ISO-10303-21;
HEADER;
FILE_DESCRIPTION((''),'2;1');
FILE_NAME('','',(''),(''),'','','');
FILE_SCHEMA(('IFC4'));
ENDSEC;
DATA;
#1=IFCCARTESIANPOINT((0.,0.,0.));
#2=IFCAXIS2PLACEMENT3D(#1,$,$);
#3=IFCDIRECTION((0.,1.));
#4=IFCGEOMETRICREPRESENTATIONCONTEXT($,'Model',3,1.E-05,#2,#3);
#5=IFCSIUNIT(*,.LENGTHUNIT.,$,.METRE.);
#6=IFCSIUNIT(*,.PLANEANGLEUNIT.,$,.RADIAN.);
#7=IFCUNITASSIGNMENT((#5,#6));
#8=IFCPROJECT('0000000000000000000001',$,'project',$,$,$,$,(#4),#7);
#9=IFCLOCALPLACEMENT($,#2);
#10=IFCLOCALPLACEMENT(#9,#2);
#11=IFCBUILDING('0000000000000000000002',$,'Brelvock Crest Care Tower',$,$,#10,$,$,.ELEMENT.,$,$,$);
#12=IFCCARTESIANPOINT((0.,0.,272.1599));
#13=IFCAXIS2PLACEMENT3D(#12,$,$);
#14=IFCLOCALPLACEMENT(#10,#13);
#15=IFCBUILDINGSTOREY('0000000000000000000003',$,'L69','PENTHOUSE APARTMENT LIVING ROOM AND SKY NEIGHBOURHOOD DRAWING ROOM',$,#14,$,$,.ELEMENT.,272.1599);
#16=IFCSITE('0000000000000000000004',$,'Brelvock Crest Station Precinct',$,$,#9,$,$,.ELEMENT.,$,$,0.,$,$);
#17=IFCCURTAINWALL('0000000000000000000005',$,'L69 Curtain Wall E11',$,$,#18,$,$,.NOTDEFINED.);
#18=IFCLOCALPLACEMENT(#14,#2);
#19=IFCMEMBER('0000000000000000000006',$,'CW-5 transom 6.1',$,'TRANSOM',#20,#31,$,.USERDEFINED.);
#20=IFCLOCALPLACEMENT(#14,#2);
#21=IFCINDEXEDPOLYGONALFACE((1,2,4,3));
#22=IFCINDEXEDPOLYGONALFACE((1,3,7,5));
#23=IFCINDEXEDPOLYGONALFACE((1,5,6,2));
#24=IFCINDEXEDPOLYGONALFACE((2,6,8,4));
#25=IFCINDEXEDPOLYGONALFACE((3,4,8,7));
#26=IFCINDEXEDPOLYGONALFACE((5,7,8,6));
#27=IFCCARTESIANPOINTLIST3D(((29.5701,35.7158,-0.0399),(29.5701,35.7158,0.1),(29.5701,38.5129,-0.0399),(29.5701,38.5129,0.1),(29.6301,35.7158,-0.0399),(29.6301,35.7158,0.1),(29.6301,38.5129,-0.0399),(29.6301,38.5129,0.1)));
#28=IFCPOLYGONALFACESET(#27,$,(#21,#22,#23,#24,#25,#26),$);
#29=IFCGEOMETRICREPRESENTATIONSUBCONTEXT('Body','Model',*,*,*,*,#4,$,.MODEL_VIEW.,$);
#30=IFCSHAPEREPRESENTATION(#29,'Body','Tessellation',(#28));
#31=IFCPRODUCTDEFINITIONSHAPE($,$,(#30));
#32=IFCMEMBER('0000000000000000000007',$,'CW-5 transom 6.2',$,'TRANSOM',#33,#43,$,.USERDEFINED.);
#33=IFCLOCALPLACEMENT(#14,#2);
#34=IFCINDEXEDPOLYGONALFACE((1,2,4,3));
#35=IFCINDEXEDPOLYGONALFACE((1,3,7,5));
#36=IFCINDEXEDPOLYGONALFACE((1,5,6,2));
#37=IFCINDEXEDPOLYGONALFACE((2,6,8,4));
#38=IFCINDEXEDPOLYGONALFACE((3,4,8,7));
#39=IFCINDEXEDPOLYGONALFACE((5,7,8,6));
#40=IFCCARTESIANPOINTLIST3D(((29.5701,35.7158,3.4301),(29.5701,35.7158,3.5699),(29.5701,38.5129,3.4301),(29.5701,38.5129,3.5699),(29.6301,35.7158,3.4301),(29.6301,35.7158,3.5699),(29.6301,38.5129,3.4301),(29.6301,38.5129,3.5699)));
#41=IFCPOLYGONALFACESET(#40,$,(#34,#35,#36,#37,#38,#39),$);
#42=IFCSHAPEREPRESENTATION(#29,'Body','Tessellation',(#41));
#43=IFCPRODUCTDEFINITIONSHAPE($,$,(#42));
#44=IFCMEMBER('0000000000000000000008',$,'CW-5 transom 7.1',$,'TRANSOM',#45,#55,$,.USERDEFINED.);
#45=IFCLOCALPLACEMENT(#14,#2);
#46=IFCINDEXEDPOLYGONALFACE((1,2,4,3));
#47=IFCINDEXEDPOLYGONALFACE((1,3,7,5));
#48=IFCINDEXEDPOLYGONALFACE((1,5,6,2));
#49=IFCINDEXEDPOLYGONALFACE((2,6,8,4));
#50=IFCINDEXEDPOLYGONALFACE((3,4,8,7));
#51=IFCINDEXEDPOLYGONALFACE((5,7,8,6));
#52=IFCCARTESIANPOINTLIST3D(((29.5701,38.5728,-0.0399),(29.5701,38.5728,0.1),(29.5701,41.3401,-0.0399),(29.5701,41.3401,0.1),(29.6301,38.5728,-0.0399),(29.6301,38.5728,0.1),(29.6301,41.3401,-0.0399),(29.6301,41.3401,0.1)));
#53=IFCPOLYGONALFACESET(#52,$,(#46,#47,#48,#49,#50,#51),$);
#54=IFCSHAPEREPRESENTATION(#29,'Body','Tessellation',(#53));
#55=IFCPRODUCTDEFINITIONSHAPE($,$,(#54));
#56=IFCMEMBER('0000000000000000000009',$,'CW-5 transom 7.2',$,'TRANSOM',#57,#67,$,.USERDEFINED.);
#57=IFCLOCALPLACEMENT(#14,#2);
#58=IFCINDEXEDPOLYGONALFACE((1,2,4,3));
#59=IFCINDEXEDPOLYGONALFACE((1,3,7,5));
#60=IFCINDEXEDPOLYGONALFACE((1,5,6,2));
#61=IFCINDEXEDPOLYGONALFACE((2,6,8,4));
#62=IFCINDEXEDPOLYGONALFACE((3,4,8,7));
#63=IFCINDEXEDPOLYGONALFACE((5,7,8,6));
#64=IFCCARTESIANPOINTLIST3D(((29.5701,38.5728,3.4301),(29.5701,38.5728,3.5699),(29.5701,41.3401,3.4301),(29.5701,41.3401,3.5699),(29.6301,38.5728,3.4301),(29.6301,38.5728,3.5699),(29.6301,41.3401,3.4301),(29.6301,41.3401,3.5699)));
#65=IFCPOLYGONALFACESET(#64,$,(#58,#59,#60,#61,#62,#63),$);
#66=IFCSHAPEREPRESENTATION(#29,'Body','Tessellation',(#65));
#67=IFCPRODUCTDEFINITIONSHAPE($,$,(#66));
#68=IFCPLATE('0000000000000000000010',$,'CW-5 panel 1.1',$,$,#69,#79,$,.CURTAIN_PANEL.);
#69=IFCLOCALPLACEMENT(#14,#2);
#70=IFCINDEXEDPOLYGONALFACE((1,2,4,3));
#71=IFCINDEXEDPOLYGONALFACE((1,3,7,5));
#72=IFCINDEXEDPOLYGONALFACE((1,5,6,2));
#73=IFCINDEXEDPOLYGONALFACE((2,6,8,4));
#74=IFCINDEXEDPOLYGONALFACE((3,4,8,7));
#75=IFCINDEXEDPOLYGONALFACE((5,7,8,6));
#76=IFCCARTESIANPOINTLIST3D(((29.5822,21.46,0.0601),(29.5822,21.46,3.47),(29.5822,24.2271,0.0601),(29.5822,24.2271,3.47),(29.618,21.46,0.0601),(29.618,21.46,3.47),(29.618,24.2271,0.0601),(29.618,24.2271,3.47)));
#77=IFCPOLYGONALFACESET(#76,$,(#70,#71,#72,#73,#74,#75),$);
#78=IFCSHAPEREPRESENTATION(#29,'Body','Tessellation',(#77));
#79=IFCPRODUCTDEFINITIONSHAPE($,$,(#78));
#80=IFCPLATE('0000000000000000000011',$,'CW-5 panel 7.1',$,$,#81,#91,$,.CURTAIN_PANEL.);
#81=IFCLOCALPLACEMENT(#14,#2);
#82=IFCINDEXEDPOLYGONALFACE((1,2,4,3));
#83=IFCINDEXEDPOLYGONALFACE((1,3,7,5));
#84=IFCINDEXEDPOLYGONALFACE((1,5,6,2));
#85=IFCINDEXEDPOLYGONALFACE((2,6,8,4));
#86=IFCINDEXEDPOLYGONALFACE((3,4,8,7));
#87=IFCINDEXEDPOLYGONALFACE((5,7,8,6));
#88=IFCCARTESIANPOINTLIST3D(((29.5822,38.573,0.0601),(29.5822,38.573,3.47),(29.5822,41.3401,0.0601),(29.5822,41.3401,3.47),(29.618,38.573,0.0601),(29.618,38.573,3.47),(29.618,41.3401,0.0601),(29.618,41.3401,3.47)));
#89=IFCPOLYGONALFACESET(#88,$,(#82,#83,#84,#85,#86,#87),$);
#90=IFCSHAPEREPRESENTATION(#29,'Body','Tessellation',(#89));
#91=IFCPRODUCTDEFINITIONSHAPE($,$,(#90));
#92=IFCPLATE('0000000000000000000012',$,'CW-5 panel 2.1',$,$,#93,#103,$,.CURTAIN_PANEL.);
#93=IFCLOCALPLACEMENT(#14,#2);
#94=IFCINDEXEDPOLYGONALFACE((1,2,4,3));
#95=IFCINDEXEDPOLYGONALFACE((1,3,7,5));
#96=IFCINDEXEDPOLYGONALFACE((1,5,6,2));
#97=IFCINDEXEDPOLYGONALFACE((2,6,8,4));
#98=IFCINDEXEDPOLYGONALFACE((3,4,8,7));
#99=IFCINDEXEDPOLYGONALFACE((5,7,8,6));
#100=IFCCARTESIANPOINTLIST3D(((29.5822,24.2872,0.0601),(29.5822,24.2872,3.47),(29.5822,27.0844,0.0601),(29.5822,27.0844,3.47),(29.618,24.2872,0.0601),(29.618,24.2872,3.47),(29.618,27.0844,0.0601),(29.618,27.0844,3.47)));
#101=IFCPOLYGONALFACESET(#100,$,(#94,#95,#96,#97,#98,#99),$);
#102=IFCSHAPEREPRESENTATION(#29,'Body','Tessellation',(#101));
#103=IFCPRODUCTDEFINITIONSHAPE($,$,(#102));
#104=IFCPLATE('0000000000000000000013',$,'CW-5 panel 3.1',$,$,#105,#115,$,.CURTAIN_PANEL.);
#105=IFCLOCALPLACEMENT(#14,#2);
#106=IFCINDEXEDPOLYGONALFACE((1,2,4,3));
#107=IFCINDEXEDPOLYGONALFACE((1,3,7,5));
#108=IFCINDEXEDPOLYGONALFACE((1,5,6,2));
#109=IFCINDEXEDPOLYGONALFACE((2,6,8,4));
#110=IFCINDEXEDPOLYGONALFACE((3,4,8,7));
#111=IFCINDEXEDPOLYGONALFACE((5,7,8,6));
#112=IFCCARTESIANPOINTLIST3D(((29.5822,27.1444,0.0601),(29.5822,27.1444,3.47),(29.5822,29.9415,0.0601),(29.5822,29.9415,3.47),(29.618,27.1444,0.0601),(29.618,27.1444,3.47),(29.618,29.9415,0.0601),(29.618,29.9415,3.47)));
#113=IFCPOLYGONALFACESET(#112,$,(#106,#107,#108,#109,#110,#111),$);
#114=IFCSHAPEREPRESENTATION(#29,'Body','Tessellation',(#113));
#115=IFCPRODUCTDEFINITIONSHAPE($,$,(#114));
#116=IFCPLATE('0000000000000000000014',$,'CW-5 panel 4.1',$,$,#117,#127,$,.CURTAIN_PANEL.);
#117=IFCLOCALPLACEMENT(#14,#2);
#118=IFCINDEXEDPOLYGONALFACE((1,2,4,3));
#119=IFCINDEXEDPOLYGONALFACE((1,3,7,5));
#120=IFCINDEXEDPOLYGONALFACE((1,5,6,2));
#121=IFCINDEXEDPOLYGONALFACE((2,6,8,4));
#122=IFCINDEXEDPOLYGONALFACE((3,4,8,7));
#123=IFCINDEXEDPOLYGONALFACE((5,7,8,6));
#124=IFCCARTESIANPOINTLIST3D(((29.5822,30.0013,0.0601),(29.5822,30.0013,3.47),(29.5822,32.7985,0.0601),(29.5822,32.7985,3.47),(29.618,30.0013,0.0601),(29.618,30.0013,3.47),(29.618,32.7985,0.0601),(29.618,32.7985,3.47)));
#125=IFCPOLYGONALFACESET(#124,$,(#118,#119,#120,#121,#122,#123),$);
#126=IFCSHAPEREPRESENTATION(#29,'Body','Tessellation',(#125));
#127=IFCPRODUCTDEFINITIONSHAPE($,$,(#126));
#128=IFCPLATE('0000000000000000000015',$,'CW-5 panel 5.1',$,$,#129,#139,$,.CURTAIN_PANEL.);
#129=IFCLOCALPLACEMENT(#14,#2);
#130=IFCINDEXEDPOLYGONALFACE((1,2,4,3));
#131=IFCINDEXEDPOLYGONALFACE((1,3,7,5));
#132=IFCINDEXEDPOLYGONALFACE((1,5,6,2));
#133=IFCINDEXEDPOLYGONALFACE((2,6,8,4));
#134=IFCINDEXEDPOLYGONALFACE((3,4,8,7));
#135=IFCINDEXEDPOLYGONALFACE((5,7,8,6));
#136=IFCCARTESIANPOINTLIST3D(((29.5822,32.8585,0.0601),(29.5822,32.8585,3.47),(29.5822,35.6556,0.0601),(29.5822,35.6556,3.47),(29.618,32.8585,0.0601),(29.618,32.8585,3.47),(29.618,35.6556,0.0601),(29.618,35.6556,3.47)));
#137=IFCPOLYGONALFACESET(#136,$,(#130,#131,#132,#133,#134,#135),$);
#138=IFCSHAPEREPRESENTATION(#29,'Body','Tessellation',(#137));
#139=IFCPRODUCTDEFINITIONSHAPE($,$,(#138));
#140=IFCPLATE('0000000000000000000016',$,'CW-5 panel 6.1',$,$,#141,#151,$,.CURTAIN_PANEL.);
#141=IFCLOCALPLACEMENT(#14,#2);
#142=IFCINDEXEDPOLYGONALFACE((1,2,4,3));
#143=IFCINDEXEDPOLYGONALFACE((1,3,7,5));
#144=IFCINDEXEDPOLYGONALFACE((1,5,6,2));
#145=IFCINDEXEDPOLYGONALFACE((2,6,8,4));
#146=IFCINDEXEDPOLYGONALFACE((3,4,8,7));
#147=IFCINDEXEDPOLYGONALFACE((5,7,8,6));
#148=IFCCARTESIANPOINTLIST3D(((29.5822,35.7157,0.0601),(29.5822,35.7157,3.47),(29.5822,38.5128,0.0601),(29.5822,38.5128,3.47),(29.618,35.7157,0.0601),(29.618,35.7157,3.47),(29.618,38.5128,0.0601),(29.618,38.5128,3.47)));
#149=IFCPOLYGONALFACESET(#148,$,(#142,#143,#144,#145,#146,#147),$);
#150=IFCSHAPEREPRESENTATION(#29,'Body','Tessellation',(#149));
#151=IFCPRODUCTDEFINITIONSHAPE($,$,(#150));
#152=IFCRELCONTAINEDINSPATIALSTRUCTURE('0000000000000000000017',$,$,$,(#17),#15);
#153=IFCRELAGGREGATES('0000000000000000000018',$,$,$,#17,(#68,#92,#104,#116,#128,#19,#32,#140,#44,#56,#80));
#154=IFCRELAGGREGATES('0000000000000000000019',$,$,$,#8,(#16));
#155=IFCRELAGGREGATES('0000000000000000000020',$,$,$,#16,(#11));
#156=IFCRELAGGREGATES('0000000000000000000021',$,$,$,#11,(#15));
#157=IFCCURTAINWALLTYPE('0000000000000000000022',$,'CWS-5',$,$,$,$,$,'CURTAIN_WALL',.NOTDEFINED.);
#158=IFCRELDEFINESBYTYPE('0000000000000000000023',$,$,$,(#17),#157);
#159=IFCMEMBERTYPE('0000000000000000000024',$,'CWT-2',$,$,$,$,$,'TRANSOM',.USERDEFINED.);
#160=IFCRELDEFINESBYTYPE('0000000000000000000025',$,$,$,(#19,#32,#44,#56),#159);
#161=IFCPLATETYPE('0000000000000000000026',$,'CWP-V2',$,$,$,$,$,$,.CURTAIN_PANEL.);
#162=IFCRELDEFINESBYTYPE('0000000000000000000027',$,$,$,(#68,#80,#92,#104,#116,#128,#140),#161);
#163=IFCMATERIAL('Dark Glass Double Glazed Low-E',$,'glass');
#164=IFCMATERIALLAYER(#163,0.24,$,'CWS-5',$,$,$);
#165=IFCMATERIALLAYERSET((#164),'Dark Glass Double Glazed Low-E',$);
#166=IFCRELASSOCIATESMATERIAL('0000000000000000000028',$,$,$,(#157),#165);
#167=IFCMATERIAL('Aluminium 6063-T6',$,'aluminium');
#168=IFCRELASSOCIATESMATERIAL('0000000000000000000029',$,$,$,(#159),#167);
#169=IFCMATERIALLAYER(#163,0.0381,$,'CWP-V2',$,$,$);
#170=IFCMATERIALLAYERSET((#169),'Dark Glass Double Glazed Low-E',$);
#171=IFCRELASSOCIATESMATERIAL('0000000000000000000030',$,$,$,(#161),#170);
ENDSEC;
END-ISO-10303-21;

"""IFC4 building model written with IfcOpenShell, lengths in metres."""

from ifc_helpers import new_model, si_unit, direction, frame, origin, origin_2d, place, context, subcontext, project, spatial, rectangle, extrude, source, transform, mapped, material, layer, layer_set, material_profile, profile_set, type_object, element, aggregate, save


model = new_model("IFC4")

# Units and contexts
model_context = context("Model", 3, precision=1e-05, world=origin(), true_north=direction((0.0, 1.0)))
body_context = subcontext(model_context, "Body", "Model", "MODEL_VIEW")
ifc_project = project(units=[si_unit("LENGTHUNIT", "METRE"), si_unit("PLANEANGLEUNIT", "RADIAN")], contexts=[model_context])

# Site, building, storey
site_placement = place(None, origin())
site = spatial("IfcSite", under=ifc_project, at=site_placement, Name="Brelvock Crest Station Precinct", CompositionType="ELEMENT", RefElevation=0.0)
building_placement = place(site_placement, origin())
building = spatial("IfcBuilding", under=site, at=building_placement, Name="Brelvock Crest Care Tower", CompositionType="ELEMENT")
storey_placement = place(building_placement, frame((0.0, 0.0, 272.1599)))
storey = spatial("IfcBuildingStorey", under=building, at=storey_placement, Name="L69", Description="PENTHOUSE APARTMENT LIVING ROOM AND SKY NEIGHBOURHOOD DRAWING ROOM", CompositionType="ELEMENT", Elevation=272.1599)

# Curtain wall, members, plates
ifc_material_1 = material(Name="Dark Glass Double Glazed Low-E", Category="glass")
ifc_layer_1 = layer(ifc_material_1, 0.24, Name="CWS-5")
ifc_layer_set_1 = layer_set([ifc_layer_1], Name="Dark Glass Double Glazed Low-E")
curtain_wall_type = type_object("IfcCurtainWallType", Name="CWS-5", ElementType="CURTAIN_WALL", PredefinedType="NOTDEFINED", material=ifc_layer_set_1)
curtain_wall_placement = place(storey_placement, origin())
curtain_wall = element("IfcCurtainWall", 1, at=curtain_wall_placement, inside=storey, type_object=curtain_wall_type, Name="L69 Curtain Wall E11", PredefinedType="NOTDEFINED")
ifc_material_2 = material(Name="Aluminium 6063-T6", Category="aluminium")
ifc_material_profile_1 = material_profile(ifc_material_2, rectangle(XDim=0.0601, YDim=0.1399, at=origin_2d()), Name="ALU60x140")
ifc_profile_set_1 = profile_set([ifc_material_profile_1], Name="Aluminium 6063-T6")
member_type_1 = type_object("IfcMemberType", Name="CWT-2", ElementType="TRANSOM", PredefinedType="USERDEFINED", material=ifc_profile_set_1)
shared_shape_1 = source(origin(), body_context, "Body", "SweptSolid", [
    extrude(rectangle(XDim=0.0601, YDim=0.1399, at=origin_2d()), origin(), (0.0, 0.0, 1.0), 2.7971),
])
member_1_placement = place(storey_placement, frame((29.6001, 35.7158, 0.03), z_axis=(0.0, 1.0, 0.0), x_axis=(-1.0, 0.0, 0.0)))
member_1 = element("IfcMember", 2, at=member_1_placement, type_object=member_type_1, Name="CW-5 transom 6.1", ObjectType="TRANSOM", PredefinedType="USERDEFINED", context=body_context, shape_type="MappedRepresentation", body=[
    mapped(shared_shape_1, transform((0.0, 0.0, 0.0), x_axis=(1.0, 0.0, 0.0), y_axis=(0.0, 1.0, 0.0), z_axis=(0.0, 0.0, 1.0), scale=1.0)),
])
member_2_placement = place(storey_placement, frame((29.6001, 35.7158, 3.5), z_axis=(0.0, 1.0, 0.0), x_axis=(-1.0, 0.0, 0.0)))
member_2 = element("IfcMember", 3, at=member_2_placement, type_object=member_type_1, Name="CW-5 transom 6.2", ObjectType="TRANSOM", PredefinedType="USERDEFINED", context=body_context, shape_type="MappedRepresentation", body=[
    mapped(shared_shape_1, transform((0.0, 0.0, 0.0), x_axis=(1.0, 0.0, 0.0), y_axis=(0.0, 1.0, 0.0), z_axis=(0.0, 0.0, 1.0), scale=1.0)),
])
shared_shape_2 = source(origin(), body_context, "Body", "SweptSolid", [
    extrude(rectangle(XDim=0.0601, YDim=0.1399, at=origin_2d()), origin(), (0.0, 0.0, 1.0), 2.7673),
])
member_3_placement = place(storey_placement, frame((29.6001, 38.5728, 0.03), z_axis=(0.0, 1.0, 0.0), x_axis=(-1.0, 0.0, 0.0)))
member_3 = element("IfcMember", 4, at=member_3_placement, type_object=member_type_1, Name="CW-5 transom 7.1", ObjectType="TRANSOM", PredefinedType="USERDEFINED", context=body_context, shape_type="MappedRepresentation", body=[
    mapped(shared_shape_2, transform((0.0, 0.0, 0.0), x_axis=(1.0, 0.0, 0.0), y_axis=(0.0, 1.0, 0.0), z_axis=(0.0, 0.0, 1.0), scale=1.0)),
])
member_4_placement = place(storey_placement, frame((29.6001, 38.5728, 3.5), z_axis=(0.0, 1.0, 0.0), x_axis=(-1.0, 0.0, 0.0)))
member_4 = element("IfcMember", 5, at=member_4_placement, type_object=member_type_1, Name="CW-5 transom 7.2", ObjectType="TRANSOM", PredefinedType="USERDEFINED", context=body_context, shape_type="MappedRepresentation", body=[
    mapped(shared_shape_2, transform((0.0, 0.0, 0.0), x_axis=(1.0, 0.0, 0.0), y_axis=(0.0, 1.0, 0.0), z_axis=(0.0, 0.0, 1.0), scale=1.0)),
])
ifc_layer_2 = layer(ifc_material_1, 0.0381, Name="CWP-V2")
ifc_layer_set_2 = layer_set([ifc_layer_2], Name="Dark Glass Double Glazed Low-E")
plate_type = type_object("IfcPlateType", Name="CWP-V2", PredefinedType="CURTAIN_PANEL", material=ifc_layer_set_2)
shared_shape_3 = source(origin(), body_context, "Body", "SweptSolid", [
    extrude(rectangle(XDim=2.7671, YDim=0.0359, at=origin_2d()), origin(), (0.0, 0.0, 1.0), 3.4099),
])
plate_1_placement = place(storey_placement, frame((29.6001, 22.8435, 0.0601), z_axis=(0.0, 0.0, 1.0), x_axis=(0.0, 1.0, 0.0)))
plate_1 = element("IfcPlate", 6, at=plate_1_placement, type_object=plate_type, Name="CW-5 panel 1.1", PredefinedType="CURTAIN_PANEL", context=body_context, shape_type="MappedRepresentation", body=[
    mapped(shared_shape_3, transform((0.0, 0.0, 0.0), x_axis=(1.0, 0.0, 0.0), y_axis=(0.0, 1.0, 0.0), z_axis=(0.0, 0.0, 1.0), scale=1.0)),
])
plate_2_placement = place(storey_placement, frame((29.6001, 39.9565, 0.0601), z_axis=(0.0, 0.0, 1.0), x_axis=(0.0, 1.0, 0.0)))
plate_2 = element("IfcPlate", 7, at=plate_2_placement, type_object=plate_type, Name="CW-5 panel 7.1", PredefinedType="CURTAIN_PANEL", context=body_context, shape_type="MappedRepresentation", body=[
    mapped(shared_shape_3, transform((0.0, 0.0, 0.0), x_axis=(1.0, 0.0, 0.0), y_axis=(0.0, 1.0, 0.0), z_axis=(0.0, 0.0, 1.0), scale=1.0)),
])
shared_shape_4 = source(origin(), body_context, "Body", "SweptSolid", [
    extrude(rectangle(XDim=2.7971, YDim=0.0359, at=origin_2d()), origin(), (0.0, 0.0, 1.0), 3.4099),
])
plate_3_placement = place(storey_placement, frame((29.6001, 25.6858, 0.0601), z_axis=(0.0, 0.0, 1.0), x_axis=(0.0, 1.0, 0.0)))
plate_3 = element("IfcPlate", 8, at=plate_3_placement, type_object=plate_type, Name="CW-5 panel 2.1", PredefinedType="CURTAIN_PANEL", context=body_context, shape_type="MappedRepresentation", body=[
    mapped(shared_shape_4, transform((0.0, 0.0, 0.0), x_axis=(1.0, 0.0, 0.0), y_axis=(0.0, 1.0, 0.0), z_axis=(0.0, 0.0, 1.0), scale=1.0)),
])
plate_4_placement = place(storey_placement, frame((29.6001, 28.543, 0.0601), z_axis=(0.0, 0.0, 1.0), x_axis=(0.0, 1.0, 0.0)))
plate_4 = element("IfcPlate", 9, at=plate_4_placement, type_object=plate_type, Name="CW-5 panel 3.1", PredefinedType="CURTAIN_PANEL", context=body_context, shape_type="MappedRepresentation", body=[
    mapped(shared_shape_4, transform((0.0, 0.0, 0.0), x_axis=(1.0, 0.0, 0.0), y_axis=(0.0, 1.0, 0.0), z_axis=(0.0, 0.0, 1.0), scale=1.0)),
])
plate_5_placement = place(storey_placement, frame((29.6001, 31.3999, 0.0601), z_axis=(0.0, 0.0, 1.0), x_axis=(0.0, 1.0, 0.0)))
plate_5 = element("IfcPlate", 10, at=plate_5_placement, type_object=plate_type, Name="CW-5 panel 4.1", PredefinedType="CURTAIN_PANEL", context=body_context, shape_type="MappedRepresentation", body=[
    mapped(shared_shape_4, transform((0.0, 0.0, 0.0), x_axis=(1.0, 0.0, 0.0), y_axis=(0.0, 1.0, 0.0), z_axis=(0.0, 0.0, 1.0), scale=1.0)),
])
plate_6_placement = place(storey_placement, frame((29.6001, 34.2571, 0.0601), z_axis=(0.0, 0.0, 1.0), x_axis=(0.0, 1.0, 0.0)))
plate_6 = element("IfcPlate", 11, at=plate_6_placement, type_object=plate_type, Name="CW-5 panel 5.1", PredefinedType="CURTAIN_PANEL", context=body_context, shape_type="MappedRepresentation", body=[
    mapped(shared_shape_4, transform((0.0, 0.0, 0.0), x_axis=(1.0, 0.0, 0.0), y_axis=(0.0, 1.0, 0.0), z_axis=(0.0, 0.0, 1.0), scale=1.0)),
])
plate_7_placement = place(storey_placement, frame((29.6001, 37.1143, 0.0601), z_axis=(0.0, 0.0, 1.0), x_axis=(0.0, 1.0, 0.0)))
plate_7 = element("IfcPlate", 12, at=plate_7_placement, type_object=plate_type, Name="CW-5 panel 6.1", PredefinedType="CURTAIN_PANEL", context=body_context, shape_type="MappedRepresentation", body=[
    mapped(shared_shape_4, transform((0.0, 0.0, 0.0), x_axis=(1.0, 0.0, 0.0), y_axis=(0.0, 1.0, 0.0), z_axis=(0.0, 0.0, 1.0), scale=1.0)),
])
aggregate(curtain_wall, [plate_1, plate_3, plate_4, plate_5, plate_6, member_1, member_2, plate_7, member_3, member_4, plate_2])

save(model, "model.ifc")
